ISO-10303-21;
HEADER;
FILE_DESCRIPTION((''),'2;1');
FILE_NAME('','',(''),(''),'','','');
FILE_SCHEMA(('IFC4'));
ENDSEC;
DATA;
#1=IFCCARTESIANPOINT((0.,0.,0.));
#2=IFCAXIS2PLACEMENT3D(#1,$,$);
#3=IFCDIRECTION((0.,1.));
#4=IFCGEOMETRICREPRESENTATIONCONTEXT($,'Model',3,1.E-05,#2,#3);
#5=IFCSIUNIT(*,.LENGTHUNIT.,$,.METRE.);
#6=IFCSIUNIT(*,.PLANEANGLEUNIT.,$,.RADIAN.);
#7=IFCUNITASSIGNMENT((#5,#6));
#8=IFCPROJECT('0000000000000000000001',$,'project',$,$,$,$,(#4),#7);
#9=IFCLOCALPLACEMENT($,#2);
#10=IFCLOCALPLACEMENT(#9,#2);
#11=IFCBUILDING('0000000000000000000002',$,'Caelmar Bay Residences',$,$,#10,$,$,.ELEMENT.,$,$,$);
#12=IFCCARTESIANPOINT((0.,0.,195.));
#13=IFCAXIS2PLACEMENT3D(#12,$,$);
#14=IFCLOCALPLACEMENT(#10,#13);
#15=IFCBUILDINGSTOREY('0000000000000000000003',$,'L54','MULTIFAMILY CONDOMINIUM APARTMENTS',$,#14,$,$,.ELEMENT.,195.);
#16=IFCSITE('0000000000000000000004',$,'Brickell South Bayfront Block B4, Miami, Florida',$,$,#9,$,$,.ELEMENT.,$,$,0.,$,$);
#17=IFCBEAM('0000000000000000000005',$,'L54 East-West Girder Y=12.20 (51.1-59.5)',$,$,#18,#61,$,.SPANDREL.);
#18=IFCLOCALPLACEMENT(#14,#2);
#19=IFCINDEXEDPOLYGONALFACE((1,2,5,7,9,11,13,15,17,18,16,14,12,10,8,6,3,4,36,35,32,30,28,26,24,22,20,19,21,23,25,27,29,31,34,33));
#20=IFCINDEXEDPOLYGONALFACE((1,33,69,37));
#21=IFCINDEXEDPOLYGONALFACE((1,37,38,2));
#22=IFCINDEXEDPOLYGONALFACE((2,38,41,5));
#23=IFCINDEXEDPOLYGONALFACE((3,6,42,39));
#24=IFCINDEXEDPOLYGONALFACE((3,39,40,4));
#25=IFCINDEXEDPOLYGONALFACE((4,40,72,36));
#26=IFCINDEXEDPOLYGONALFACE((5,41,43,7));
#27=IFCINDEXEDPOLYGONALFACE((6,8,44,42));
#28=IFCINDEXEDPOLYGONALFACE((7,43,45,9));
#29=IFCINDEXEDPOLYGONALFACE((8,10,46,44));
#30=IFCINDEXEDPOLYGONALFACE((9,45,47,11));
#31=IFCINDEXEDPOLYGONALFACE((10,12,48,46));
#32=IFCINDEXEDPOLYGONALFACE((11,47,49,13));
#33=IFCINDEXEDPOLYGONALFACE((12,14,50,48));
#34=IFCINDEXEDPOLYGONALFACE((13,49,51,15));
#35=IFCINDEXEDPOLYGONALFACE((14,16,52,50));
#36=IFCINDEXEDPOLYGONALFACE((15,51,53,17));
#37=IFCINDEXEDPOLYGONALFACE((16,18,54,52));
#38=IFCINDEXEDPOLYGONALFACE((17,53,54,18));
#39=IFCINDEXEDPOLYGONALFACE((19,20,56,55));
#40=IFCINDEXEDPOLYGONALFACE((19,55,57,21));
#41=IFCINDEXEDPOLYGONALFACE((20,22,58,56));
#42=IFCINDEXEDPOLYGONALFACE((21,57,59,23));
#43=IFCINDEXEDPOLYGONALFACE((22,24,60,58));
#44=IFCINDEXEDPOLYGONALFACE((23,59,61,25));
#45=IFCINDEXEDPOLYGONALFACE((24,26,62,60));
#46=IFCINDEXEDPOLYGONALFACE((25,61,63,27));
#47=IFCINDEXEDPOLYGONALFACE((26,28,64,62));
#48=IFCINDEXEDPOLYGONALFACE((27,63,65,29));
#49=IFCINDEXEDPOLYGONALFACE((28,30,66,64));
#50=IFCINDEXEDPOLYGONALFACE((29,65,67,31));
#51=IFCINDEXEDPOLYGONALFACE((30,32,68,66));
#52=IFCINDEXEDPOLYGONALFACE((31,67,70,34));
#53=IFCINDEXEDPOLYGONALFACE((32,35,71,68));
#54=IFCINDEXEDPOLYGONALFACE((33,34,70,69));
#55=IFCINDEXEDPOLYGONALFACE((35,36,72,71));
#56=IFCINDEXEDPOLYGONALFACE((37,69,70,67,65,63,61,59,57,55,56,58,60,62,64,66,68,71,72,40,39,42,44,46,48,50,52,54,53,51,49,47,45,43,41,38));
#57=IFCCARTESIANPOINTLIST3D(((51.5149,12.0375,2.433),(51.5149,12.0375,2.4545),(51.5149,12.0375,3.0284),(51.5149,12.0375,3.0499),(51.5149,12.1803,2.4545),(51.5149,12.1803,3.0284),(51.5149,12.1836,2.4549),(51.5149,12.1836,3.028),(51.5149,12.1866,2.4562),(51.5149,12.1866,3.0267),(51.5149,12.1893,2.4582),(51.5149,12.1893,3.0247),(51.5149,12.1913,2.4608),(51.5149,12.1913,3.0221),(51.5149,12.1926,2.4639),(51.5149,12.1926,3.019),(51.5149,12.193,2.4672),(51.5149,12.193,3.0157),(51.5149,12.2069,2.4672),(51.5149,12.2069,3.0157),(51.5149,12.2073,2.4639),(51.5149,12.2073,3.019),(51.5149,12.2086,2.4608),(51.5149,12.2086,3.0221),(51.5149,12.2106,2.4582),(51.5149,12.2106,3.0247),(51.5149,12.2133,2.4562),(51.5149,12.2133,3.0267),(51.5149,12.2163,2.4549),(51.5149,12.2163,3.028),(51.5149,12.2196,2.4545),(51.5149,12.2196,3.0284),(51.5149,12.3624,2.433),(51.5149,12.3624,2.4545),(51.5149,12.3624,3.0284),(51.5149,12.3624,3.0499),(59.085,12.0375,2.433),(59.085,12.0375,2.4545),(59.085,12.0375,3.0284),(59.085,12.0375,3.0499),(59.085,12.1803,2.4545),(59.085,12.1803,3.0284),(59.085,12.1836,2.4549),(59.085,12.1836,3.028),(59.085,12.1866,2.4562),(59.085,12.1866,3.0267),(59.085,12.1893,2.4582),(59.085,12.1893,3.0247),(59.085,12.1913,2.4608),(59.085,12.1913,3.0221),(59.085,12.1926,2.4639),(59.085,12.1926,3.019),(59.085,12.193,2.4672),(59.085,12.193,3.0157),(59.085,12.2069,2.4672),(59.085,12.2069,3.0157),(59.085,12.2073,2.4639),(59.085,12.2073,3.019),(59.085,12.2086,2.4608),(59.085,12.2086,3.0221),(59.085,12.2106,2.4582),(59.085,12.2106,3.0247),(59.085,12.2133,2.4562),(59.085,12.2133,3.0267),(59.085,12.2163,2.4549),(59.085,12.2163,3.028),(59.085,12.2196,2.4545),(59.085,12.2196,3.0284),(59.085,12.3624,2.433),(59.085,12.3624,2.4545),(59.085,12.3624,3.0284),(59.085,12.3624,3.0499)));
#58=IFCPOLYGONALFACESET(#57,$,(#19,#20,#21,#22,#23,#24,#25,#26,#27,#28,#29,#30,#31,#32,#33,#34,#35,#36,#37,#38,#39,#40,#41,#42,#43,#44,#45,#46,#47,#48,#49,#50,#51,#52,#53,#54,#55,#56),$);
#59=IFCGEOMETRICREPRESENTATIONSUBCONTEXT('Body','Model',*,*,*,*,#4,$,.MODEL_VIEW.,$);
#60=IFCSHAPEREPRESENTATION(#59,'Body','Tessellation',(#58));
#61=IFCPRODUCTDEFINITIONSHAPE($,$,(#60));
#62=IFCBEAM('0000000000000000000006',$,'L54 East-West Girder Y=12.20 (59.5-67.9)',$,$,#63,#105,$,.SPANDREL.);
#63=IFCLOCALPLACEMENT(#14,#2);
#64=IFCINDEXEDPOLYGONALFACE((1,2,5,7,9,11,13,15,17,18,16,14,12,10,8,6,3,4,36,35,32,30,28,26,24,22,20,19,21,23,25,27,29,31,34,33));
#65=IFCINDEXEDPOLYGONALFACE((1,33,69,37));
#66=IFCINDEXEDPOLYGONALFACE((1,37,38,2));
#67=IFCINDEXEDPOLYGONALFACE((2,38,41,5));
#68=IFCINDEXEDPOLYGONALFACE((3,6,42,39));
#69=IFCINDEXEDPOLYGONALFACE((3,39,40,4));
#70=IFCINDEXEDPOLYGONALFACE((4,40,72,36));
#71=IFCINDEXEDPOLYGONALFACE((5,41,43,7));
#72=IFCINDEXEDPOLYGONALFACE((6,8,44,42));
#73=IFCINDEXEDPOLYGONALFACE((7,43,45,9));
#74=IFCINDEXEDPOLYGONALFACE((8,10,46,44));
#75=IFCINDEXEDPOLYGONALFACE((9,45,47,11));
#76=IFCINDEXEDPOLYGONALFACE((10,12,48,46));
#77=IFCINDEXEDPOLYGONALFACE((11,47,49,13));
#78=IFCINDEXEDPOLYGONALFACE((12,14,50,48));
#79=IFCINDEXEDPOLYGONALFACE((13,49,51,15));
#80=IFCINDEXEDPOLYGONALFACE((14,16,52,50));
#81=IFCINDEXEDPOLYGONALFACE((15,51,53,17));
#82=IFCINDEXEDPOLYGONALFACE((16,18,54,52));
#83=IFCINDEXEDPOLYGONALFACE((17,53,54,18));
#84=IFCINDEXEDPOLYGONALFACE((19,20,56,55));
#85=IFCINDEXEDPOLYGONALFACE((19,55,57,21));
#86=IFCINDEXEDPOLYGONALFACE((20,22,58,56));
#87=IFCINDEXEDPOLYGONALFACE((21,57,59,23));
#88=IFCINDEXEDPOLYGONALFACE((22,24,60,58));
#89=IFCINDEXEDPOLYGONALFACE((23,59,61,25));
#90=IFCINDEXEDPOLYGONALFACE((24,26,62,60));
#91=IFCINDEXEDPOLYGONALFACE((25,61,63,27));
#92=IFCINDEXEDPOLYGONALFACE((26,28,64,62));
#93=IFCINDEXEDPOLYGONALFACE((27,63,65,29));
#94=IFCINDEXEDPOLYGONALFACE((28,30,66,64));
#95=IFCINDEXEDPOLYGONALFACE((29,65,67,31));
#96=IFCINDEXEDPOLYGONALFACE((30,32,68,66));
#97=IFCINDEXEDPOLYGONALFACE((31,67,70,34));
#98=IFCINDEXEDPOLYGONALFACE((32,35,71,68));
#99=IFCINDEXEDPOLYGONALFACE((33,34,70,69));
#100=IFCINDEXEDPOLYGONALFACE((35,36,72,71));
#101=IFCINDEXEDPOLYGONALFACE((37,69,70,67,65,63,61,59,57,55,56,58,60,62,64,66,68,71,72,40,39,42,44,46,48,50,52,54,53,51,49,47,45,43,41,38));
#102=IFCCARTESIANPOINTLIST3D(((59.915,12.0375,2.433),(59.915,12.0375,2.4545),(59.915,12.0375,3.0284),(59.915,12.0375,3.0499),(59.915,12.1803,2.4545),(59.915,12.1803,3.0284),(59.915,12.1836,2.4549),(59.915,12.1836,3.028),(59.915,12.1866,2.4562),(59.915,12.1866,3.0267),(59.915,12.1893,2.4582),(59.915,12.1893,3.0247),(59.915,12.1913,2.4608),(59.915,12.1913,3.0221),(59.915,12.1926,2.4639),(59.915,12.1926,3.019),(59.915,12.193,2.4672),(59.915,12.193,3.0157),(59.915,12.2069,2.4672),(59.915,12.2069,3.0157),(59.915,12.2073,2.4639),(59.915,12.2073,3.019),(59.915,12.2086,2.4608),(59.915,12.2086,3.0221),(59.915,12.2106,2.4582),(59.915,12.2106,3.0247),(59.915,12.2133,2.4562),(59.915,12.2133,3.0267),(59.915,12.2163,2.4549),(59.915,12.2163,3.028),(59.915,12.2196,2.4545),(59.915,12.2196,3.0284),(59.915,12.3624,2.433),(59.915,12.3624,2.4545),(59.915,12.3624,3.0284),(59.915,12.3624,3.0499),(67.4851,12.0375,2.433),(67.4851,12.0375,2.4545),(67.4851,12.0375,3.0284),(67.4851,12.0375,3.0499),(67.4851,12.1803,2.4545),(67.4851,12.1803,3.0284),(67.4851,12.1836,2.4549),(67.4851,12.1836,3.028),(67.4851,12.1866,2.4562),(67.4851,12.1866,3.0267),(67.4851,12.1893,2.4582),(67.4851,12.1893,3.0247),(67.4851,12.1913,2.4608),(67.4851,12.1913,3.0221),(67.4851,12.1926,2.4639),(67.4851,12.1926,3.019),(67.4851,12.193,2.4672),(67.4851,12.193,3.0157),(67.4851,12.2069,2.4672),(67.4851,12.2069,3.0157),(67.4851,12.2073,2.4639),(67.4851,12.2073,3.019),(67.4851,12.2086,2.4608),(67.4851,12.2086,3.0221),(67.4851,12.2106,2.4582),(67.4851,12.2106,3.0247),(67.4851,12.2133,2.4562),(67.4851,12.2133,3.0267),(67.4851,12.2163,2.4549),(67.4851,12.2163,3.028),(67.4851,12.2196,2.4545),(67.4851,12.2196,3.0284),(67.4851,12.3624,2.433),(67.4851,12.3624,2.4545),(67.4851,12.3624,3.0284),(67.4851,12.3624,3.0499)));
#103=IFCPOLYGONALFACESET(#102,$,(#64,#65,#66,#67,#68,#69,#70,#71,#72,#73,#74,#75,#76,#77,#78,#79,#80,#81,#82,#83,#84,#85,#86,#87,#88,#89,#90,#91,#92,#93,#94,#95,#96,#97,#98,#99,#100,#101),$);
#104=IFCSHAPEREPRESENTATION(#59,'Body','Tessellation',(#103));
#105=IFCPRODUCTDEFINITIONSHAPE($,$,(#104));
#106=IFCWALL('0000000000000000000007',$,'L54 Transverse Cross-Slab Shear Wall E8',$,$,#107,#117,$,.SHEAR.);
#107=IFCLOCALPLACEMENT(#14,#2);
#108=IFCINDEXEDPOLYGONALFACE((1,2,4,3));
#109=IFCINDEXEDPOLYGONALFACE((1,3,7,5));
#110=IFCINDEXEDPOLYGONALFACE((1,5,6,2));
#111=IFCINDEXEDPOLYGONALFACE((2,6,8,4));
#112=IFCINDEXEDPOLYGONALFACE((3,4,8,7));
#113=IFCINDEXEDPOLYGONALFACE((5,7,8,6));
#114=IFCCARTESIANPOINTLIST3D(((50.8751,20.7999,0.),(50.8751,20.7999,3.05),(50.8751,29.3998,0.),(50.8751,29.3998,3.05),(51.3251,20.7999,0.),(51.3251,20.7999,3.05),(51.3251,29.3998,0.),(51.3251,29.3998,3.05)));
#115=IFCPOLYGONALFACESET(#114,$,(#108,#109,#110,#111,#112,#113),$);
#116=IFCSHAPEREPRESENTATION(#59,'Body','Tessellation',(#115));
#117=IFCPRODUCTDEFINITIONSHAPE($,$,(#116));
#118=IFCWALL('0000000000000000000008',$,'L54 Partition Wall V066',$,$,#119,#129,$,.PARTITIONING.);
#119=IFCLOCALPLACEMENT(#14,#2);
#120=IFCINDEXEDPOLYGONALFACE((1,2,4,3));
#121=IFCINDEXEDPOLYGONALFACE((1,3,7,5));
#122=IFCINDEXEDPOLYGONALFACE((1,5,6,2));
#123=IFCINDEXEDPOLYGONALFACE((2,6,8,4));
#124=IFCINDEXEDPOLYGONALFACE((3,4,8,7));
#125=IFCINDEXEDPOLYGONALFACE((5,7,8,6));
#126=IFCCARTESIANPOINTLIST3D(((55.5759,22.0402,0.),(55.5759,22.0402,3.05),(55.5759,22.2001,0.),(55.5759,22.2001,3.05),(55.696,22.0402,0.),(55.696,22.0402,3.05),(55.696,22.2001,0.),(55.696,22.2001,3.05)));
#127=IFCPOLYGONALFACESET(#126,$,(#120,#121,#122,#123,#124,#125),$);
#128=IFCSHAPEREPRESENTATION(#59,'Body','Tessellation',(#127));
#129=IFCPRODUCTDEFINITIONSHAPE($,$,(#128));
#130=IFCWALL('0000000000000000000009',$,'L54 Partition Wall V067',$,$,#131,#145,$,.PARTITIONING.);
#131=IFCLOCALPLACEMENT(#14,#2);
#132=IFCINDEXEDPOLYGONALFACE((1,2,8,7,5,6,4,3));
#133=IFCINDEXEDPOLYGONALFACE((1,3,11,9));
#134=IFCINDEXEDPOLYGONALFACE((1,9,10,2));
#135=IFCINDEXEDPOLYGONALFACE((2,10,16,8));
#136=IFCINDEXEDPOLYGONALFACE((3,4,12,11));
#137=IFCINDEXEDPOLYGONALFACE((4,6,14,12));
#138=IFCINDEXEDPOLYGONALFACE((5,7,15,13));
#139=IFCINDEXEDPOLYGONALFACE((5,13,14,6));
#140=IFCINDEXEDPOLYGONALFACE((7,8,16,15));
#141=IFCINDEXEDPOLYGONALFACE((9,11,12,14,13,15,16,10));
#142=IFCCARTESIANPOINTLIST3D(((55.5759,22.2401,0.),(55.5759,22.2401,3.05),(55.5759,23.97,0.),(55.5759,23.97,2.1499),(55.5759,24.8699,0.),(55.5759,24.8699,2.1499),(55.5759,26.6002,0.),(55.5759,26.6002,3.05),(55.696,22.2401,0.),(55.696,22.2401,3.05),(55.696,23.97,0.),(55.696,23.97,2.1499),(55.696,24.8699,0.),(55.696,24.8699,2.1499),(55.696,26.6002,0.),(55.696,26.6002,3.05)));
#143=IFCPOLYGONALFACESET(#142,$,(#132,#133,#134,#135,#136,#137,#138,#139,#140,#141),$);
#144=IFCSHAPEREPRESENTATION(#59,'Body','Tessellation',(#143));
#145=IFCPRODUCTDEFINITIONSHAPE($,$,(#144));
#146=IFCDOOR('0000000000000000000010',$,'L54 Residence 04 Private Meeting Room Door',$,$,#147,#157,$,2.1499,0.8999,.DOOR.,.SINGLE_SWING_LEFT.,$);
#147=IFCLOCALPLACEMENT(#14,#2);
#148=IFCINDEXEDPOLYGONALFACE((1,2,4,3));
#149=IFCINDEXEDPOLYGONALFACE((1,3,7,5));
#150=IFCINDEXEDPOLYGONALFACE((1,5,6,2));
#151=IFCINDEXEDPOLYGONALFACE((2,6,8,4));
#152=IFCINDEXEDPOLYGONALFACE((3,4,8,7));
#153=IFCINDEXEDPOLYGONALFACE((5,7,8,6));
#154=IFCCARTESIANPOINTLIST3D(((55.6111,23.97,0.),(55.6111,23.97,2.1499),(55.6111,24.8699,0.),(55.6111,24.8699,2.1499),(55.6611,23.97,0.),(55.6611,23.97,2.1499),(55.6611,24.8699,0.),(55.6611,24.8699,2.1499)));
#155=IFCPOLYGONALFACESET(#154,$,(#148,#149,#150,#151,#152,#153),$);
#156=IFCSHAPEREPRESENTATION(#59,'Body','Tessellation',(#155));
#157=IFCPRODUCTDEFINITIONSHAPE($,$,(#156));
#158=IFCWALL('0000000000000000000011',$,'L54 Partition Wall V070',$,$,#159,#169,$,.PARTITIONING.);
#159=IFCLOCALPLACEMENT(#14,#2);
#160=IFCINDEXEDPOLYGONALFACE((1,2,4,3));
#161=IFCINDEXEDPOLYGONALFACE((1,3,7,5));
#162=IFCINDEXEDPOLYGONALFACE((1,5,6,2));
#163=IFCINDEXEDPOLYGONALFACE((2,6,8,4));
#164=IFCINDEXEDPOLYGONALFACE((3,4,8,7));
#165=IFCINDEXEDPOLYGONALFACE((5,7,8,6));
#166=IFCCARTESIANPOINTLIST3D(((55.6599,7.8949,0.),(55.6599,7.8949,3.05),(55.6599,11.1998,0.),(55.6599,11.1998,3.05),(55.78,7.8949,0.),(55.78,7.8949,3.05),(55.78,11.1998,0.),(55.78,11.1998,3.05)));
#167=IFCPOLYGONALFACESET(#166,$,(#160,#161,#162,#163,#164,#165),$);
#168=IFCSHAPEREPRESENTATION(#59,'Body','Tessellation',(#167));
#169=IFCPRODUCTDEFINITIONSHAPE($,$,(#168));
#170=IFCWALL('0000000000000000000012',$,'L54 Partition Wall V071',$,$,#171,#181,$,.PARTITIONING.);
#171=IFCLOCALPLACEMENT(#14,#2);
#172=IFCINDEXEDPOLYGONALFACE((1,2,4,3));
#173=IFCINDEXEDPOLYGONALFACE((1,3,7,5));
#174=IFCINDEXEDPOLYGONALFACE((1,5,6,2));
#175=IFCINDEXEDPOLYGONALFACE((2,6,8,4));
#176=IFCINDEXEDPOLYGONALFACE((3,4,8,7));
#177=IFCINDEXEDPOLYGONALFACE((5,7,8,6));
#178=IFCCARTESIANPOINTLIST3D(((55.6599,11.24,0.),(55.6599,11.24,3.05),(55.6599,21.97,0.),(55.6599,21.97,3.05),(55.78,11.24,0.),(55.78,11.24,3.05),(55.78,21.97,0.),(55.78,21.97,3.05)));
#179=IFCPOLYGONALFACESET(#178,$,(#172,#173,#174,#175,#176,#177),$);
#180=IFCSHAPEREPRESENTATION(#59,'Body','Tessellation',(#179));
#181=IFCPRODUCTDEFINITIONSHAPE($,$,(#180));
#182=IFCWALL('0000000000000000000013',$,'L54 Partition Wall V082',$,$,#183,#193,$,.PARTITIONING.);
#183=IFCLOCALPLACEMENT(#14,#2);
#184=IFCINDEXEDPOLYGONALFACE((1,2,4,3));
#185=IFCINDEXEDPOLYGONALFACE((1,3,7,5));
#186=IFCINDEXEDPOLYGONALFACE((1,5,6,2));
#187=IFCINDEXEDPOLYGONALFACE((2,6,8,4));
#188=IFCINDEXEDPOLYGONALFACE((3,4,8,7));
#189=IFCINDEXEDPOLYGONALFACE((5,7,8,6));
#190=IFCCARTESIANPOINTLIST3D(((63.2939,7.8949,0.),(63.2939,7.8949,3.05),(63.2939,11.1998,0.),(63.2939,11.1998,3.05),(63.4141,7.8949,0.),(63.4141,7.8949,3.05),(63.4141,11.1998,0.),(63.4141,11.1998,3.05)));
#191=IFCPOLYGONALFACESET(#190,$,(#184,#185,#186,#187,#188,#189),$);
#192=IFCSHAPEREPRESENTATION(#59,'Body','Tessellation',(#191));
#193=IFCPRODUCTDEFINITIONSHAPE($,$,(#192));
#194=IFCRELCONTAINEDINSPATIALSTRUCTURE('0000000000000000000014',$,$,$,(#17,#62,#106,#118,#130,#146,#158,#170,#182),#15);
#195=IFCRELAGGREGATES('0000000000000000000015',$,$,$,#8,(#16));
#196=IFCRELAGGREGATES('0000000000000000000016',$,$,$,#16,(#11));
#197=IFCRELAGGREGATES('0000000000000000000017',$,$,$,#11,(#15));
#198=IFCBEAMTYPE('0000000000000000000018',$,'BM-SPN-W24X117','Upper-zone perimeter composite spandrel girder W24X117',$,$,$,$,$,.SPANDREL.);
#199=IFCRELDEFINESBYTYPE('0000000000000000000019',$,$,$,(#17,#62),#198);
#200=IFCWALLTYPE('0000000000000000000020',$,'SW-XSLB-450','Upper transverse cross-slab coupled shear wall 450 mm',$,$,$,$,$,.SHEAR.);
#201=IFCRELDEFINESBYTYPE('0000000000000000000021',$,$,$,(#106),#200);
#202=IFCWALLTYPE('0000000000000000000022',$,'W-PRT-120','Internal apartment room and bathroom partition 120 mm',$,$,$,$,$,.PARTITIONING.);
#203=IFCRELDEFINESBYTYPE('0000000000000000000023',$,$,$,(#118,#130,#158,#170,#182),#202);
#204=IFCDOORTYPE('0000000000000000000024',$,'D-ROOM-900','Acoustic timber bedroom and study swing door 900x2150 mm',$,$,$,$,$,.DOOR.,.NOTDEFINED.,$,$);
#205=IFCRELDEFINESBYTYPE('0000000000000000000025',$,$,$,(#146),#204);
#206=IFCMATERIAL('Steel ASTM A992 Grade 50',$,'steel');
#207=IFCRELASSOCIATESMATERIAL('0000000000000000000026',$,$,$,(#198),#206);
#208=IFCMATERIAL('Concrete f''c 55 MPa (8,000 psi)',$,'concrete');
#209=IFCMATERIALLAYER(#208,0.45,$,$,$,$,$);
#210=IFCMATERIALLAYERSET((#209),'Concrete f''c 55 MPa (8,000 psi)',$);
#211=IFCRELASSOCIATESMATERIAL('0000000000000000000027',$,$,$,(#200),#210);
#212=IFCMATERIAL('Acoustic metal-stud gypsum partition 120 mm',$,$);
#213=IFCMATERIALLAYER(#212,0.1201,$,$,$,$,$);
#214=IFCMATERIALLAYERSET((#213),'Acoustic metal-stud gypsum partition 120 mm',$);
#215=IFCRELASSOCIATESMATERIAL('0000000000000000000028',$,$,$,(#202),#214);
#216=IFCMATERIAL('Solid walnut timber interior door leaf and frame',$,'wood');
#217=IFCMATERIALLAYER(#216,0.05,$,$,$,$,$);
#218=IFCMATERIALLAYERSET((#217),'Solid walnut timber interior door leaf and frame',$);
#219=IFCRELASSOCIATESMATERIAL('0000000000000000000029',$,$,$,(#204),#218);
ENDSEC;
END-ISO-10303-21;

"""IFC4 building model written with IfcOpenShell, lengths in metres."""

from ifc_helpers import new_model, si_unit, direction, frame, frame_2d, origin, origin_2d, place, context, subcontext, project, spatial, rectangle, i_section, extrude, material, layer, layer_set, material_profile, profile_set, type_object, element, fill, save


model = new_model("IFC4")

# Units and contexts
model_context = context("Model", 3, precision=1e-05, world=origin(), true_north=direction((0.0, 1.0)))
body_context = subcontext(model_context, "Body", "Model", "MODEL_VIEW")
ifc_project = project(units=[si_unit("LENGTHUNIT", "METRE"), si_unit("PLANEANGLEUNIT", "RADIAN")], contexts=[model_context])

# Site, building, storey
site_placement = place(None, origin())
site = spatial("IfcSite", under=ifc_project, at=site_placement, Name="Brickell South Bayfront Block B4, Miami, Florida", CompositionType="ELEMENT", RefElevation=0.0)
building_placement = place(site_placement, origin())
building = spatial("IfcBuilding", under=site, at=building_placement, Name="Caelmar Bay Residences", CompositionType="ELEMENT")
storey_placement = place(building_placement, frame((0.0, 0.0, 195.0)))
storey = spatial("IfcBuildingStorey", under=building, at=storey_placement, Name="L54", Description="MULTIFAMILY CONDOMINIUM APARTMENTS", CompositionType="ELEMENT", Elevation=195.0)

# Shared definitions
ifc_material_1 = material(Name="Concrete f'c 55 MPa (8,000 psi)", Category="concrete")

# Beams
ifc_material_2 = material(Name="Steel ASTM A992 Grade 50", Category="steel")
ifc_material_profile_1 = material_profile(ifc_material_2, i_section(OverallWidth=0.325, OverallDepth=0.6169, WebThickness=0.0139, FlangeThickness=0.0215, FilletRadius=0.0127, at=origin_2d()), Name="W24X117")
ifc_profile_set_1 = profile_set([ifc_material_profile_1], Name="Steel ASTM A992 Grade 50")
beam_type_1 = type_object("IfcBeamType", Name="BM-SPN-W24X117", Description="Upper-zone perimeter composite spandrel girder W24X117", PredefinedType="SPANDREL", material=ifc_profile_set_1)
for number, where, z_axis, x_axis, name in (
    (1, (51.5149, 12.2, 2.7415), (1.0, 0.0, 0.0), (0.0, 1.0, 0.0), "L54 East-West Girder Y=12.20 (51.1-59.5)"),
    (2, (59.915, 12.2, 2.7415), (1.0, 0.0, 0.0), (0.0, 1.0, 0.0), "L54 East-West Girder Y=12.20 (59.5-67.9)"),
):
    element("IfcBeam", number, at=place(storey_placement, frame(where, z_axis=z_axis, x_axis=x_axis)), inside=storey, type_object=beam_type_1, Name=name, PredefinedType="SPANDREL", context=body_context, shape_type="SweptSolid", body=[
        extrude(i_section(OverallWidth=0.325, OverallDepth=0.6169, WebThickness=0.0139, FlangeThickness=0.0215, FilletRadius=0.0127, at=origin_2d()), origin(), (0.0, 0.0, 1.0), 7.5701),
    ])

# Walls
ifc_layer_1 = layer(ifc_material_1, 0.45)
ifc_layer_set_1 = layer_set([ifc_layer_1], Name="Concrete f'c 55 MPa (8,000 psi)")
wall_type_1 = type_object("IfcWallType", Name="SW-XSLB-450", Description="Upper transverse cross-slab coupled shear wall 450 mm", PredefinedType="SHEAR", material=ifc_layer_set_1)
wall_1_placement = place(storey_placement, frame((51.1001, 20.8, 0.0), z_axis=(0.0, 0.0, 1.0), x_axis=(0.0, 1.0, 0.0)))
element("IfcWall", 3, at=wall_1_placement, inside=storey, type_object=wall_type_1, Name="L54 Transverse Cross-Slab Shear Wall E8", PredefinedType="SHEAR", context=body_context, shape_type="SweptSolid", body=[
    extrude(rectangle(XDim=8.5999, YDim=0.45, at=frame_2d((4.2998, 0.0))), origin(), (0.0, 0.0, 1.0), 3.05),
])
ifc_material_3 = material(Name="Acoustic metal-stud gypsum partition 120 mm")
ifc_layer_2 = layer(ifc_material_3, 0.1201)
ifc_layer_set_2 = layer_set([ifc_layer_2], Name="Acoustic metal-stud gypsum partition 120 mm")
wall_type_2 = type_object("IfcWallType", Name="W-PRT-120", Description="Internal apartment room and bathroom partition 120 mm", PredefinedType="PARTITIONING", material=ifc_layer_set_2)
wall_2_placement = place(storey_placement, frame((55.636, 22.04, 0.0), z_axis=(0.0, 0.0, 1.0), x_axis=(0.0, 1.0, 0.0)))
element("IfcWall", 4, at=wall_2_placement, inside=storey, type_object=wall_type_2, Name="L54 Partition Wall V066", PredefinedType="PARTITIONING", context=body_context, shape_type="SweptSolid", body=[
    extrude(rectangle(XDim=0.1599, YDim=0.1201, at=frame_2d((0.0801, 0.0))), origin(), (0.0, 0.0, 1.0), 3.05),
])

# Wall, opening, door
wall_3_placement = place(storey_placement, frame((55.636, 22.24, 0.0), z_axis=(0.0, 0.0, 1.0), x_axis=(0.0, 1.0, 0.0)))
wall_3 = element("IfcWall", 5, at=wall_3_placement, inside=storey, type_object=wall_type_2, Name="L54 Partition Wall V067", PredefinedType="PARTITIONING", context=body_context, shape_type="SweptSolid", body=[
    extrude(rectangle(XDim=4.3601, YDim=0.1201, at=frame_2d((2.1802, 0.0))), origin(), (0.0, 0.0, 1.0), 3.05),
])
opening_1_placement = place(wall_3_placement, frame((1.73, 0.0, 0.0)))
opening_1 = element("IfcOpeningElement", 6, at=opening_1_placement, cuts=wall_3, PredefinedType="OPENING", context=body_context, shape_type="SweptSolid", body=[
    extrude(rectangle(XDim=0.8999, YDim=2.1499, at=frame_2d((0.45, 1.075))), frame((0.0, 0.0701, 0.0), z_axis=(0.0, -1.0, 0.0), x_axis=(1.0, 0.0, 0.0)), (0.0, 0.0, 1.0), 0.1401),
])
ifc_material_4 = material(Name="Solid walnut timber interior door leaf and frame", Category="wood")
ifc_layer_3 = layer(ifc_material_4, 0.05)
ifc_layer_set_3 = layer_set([ifc_layer_3], Name="Solid walnut timber interior door leaf and frame")
door_type = type_object("IfcDoorType", Name="D-ROOM-900", Description="Acoustic timber bedroom and study swing door 900x2150 mm", OperationType="NOTDEFINED", PredefinedType="DOOR", material=ifc_layer_set_3)
door_1_placement = place(opening_1_placement, origin())
door_1 = element("IfcDoor", 7, at=door_1_placement, inside=storey, type_object=door_type, Name="L54 Residence 04 Private Meeting Room Door", OperationType="SINGLE_SWING_LEFT", OverallHeight=2.1499, OverallWidth=0.8999, PredefinedType="DOOR", context=body_context, shape_type="SweptSolid", body=[
    extrude(rectangle(XDim=0.8999, YDim=2.1499, at=frame_2d((0.45, 1.075))), frame((0.0, 0.0249, 0.0), z_axis=(0.0, -1.0, 0.0), x_axis=(1.0, 0.0, 0.0)), (0.0, 0.0, 1.0), 0.05),
])
fill(opening_1, door_1)

# Walls
wall_4_placement = place(storey_placement, frame((55.72, 7.895, 0.0), z_axis=(0.0, 0.0, 1.0), x_axis=(0.0, 1.0, 0.0)))
element("IfcWall", 8, at=wall_4_placement, inside=storey, type_object=wall_type_2, Name="L54 Partition Wall V070", PredefinedType="PARTITIONING", context=body_context, shape_type="SweptSolid", body=[
    extrude(rectangle(XDim=3.3049, YDim=0.1201, at=frame_2d((1.6523, 0.0))), origin(), (0.0, 0.0, 1.0), 3.05),
])
wall_5_placement = place(storey_placement, frame((55.72, 11.24, 0.0), z_axis=(0.0, 0.0, 1.0), x_axis=(0.0, 1.0, 0.0)))
element("IfcWall", 9, at=wall_5_placement, inside=storey, type_object=wall_type_2, Name="L54 Partition Wall V071", PredefinedType="PARTITIONING", context=body_context, shape_type="SweptSolid", body=[
    extrude(rectangle(XDim=10.73, YDim=0.1201, at=frame_2d((5.365, 0.0))), origin(), (0.0, 0.0, 1.0), 3.05),
])
wall_6_placement = place(storey_placement, frame((63.354, 7.895, 0.0), z_axis=(0.0, 0.0, 1.0), x_axis=(0.0, 1.0, 0.0)))
element("IfcWall", 10, at=wall_6_placement, inside=storey, type_object=wall_type_2, Name="L54 Partition Wall V082", PredefinedType="PARTITIONING", context=body_context, shape_type="SweptSolid", body=[
    extrude(rectangle(XDim=3.3049, YDim=0.1201, at=frame_2d((1.6523, 0.0))), origin(), (0.0, 0.0, 1.0), 3.05),
])

save(model, "model.ifc")
